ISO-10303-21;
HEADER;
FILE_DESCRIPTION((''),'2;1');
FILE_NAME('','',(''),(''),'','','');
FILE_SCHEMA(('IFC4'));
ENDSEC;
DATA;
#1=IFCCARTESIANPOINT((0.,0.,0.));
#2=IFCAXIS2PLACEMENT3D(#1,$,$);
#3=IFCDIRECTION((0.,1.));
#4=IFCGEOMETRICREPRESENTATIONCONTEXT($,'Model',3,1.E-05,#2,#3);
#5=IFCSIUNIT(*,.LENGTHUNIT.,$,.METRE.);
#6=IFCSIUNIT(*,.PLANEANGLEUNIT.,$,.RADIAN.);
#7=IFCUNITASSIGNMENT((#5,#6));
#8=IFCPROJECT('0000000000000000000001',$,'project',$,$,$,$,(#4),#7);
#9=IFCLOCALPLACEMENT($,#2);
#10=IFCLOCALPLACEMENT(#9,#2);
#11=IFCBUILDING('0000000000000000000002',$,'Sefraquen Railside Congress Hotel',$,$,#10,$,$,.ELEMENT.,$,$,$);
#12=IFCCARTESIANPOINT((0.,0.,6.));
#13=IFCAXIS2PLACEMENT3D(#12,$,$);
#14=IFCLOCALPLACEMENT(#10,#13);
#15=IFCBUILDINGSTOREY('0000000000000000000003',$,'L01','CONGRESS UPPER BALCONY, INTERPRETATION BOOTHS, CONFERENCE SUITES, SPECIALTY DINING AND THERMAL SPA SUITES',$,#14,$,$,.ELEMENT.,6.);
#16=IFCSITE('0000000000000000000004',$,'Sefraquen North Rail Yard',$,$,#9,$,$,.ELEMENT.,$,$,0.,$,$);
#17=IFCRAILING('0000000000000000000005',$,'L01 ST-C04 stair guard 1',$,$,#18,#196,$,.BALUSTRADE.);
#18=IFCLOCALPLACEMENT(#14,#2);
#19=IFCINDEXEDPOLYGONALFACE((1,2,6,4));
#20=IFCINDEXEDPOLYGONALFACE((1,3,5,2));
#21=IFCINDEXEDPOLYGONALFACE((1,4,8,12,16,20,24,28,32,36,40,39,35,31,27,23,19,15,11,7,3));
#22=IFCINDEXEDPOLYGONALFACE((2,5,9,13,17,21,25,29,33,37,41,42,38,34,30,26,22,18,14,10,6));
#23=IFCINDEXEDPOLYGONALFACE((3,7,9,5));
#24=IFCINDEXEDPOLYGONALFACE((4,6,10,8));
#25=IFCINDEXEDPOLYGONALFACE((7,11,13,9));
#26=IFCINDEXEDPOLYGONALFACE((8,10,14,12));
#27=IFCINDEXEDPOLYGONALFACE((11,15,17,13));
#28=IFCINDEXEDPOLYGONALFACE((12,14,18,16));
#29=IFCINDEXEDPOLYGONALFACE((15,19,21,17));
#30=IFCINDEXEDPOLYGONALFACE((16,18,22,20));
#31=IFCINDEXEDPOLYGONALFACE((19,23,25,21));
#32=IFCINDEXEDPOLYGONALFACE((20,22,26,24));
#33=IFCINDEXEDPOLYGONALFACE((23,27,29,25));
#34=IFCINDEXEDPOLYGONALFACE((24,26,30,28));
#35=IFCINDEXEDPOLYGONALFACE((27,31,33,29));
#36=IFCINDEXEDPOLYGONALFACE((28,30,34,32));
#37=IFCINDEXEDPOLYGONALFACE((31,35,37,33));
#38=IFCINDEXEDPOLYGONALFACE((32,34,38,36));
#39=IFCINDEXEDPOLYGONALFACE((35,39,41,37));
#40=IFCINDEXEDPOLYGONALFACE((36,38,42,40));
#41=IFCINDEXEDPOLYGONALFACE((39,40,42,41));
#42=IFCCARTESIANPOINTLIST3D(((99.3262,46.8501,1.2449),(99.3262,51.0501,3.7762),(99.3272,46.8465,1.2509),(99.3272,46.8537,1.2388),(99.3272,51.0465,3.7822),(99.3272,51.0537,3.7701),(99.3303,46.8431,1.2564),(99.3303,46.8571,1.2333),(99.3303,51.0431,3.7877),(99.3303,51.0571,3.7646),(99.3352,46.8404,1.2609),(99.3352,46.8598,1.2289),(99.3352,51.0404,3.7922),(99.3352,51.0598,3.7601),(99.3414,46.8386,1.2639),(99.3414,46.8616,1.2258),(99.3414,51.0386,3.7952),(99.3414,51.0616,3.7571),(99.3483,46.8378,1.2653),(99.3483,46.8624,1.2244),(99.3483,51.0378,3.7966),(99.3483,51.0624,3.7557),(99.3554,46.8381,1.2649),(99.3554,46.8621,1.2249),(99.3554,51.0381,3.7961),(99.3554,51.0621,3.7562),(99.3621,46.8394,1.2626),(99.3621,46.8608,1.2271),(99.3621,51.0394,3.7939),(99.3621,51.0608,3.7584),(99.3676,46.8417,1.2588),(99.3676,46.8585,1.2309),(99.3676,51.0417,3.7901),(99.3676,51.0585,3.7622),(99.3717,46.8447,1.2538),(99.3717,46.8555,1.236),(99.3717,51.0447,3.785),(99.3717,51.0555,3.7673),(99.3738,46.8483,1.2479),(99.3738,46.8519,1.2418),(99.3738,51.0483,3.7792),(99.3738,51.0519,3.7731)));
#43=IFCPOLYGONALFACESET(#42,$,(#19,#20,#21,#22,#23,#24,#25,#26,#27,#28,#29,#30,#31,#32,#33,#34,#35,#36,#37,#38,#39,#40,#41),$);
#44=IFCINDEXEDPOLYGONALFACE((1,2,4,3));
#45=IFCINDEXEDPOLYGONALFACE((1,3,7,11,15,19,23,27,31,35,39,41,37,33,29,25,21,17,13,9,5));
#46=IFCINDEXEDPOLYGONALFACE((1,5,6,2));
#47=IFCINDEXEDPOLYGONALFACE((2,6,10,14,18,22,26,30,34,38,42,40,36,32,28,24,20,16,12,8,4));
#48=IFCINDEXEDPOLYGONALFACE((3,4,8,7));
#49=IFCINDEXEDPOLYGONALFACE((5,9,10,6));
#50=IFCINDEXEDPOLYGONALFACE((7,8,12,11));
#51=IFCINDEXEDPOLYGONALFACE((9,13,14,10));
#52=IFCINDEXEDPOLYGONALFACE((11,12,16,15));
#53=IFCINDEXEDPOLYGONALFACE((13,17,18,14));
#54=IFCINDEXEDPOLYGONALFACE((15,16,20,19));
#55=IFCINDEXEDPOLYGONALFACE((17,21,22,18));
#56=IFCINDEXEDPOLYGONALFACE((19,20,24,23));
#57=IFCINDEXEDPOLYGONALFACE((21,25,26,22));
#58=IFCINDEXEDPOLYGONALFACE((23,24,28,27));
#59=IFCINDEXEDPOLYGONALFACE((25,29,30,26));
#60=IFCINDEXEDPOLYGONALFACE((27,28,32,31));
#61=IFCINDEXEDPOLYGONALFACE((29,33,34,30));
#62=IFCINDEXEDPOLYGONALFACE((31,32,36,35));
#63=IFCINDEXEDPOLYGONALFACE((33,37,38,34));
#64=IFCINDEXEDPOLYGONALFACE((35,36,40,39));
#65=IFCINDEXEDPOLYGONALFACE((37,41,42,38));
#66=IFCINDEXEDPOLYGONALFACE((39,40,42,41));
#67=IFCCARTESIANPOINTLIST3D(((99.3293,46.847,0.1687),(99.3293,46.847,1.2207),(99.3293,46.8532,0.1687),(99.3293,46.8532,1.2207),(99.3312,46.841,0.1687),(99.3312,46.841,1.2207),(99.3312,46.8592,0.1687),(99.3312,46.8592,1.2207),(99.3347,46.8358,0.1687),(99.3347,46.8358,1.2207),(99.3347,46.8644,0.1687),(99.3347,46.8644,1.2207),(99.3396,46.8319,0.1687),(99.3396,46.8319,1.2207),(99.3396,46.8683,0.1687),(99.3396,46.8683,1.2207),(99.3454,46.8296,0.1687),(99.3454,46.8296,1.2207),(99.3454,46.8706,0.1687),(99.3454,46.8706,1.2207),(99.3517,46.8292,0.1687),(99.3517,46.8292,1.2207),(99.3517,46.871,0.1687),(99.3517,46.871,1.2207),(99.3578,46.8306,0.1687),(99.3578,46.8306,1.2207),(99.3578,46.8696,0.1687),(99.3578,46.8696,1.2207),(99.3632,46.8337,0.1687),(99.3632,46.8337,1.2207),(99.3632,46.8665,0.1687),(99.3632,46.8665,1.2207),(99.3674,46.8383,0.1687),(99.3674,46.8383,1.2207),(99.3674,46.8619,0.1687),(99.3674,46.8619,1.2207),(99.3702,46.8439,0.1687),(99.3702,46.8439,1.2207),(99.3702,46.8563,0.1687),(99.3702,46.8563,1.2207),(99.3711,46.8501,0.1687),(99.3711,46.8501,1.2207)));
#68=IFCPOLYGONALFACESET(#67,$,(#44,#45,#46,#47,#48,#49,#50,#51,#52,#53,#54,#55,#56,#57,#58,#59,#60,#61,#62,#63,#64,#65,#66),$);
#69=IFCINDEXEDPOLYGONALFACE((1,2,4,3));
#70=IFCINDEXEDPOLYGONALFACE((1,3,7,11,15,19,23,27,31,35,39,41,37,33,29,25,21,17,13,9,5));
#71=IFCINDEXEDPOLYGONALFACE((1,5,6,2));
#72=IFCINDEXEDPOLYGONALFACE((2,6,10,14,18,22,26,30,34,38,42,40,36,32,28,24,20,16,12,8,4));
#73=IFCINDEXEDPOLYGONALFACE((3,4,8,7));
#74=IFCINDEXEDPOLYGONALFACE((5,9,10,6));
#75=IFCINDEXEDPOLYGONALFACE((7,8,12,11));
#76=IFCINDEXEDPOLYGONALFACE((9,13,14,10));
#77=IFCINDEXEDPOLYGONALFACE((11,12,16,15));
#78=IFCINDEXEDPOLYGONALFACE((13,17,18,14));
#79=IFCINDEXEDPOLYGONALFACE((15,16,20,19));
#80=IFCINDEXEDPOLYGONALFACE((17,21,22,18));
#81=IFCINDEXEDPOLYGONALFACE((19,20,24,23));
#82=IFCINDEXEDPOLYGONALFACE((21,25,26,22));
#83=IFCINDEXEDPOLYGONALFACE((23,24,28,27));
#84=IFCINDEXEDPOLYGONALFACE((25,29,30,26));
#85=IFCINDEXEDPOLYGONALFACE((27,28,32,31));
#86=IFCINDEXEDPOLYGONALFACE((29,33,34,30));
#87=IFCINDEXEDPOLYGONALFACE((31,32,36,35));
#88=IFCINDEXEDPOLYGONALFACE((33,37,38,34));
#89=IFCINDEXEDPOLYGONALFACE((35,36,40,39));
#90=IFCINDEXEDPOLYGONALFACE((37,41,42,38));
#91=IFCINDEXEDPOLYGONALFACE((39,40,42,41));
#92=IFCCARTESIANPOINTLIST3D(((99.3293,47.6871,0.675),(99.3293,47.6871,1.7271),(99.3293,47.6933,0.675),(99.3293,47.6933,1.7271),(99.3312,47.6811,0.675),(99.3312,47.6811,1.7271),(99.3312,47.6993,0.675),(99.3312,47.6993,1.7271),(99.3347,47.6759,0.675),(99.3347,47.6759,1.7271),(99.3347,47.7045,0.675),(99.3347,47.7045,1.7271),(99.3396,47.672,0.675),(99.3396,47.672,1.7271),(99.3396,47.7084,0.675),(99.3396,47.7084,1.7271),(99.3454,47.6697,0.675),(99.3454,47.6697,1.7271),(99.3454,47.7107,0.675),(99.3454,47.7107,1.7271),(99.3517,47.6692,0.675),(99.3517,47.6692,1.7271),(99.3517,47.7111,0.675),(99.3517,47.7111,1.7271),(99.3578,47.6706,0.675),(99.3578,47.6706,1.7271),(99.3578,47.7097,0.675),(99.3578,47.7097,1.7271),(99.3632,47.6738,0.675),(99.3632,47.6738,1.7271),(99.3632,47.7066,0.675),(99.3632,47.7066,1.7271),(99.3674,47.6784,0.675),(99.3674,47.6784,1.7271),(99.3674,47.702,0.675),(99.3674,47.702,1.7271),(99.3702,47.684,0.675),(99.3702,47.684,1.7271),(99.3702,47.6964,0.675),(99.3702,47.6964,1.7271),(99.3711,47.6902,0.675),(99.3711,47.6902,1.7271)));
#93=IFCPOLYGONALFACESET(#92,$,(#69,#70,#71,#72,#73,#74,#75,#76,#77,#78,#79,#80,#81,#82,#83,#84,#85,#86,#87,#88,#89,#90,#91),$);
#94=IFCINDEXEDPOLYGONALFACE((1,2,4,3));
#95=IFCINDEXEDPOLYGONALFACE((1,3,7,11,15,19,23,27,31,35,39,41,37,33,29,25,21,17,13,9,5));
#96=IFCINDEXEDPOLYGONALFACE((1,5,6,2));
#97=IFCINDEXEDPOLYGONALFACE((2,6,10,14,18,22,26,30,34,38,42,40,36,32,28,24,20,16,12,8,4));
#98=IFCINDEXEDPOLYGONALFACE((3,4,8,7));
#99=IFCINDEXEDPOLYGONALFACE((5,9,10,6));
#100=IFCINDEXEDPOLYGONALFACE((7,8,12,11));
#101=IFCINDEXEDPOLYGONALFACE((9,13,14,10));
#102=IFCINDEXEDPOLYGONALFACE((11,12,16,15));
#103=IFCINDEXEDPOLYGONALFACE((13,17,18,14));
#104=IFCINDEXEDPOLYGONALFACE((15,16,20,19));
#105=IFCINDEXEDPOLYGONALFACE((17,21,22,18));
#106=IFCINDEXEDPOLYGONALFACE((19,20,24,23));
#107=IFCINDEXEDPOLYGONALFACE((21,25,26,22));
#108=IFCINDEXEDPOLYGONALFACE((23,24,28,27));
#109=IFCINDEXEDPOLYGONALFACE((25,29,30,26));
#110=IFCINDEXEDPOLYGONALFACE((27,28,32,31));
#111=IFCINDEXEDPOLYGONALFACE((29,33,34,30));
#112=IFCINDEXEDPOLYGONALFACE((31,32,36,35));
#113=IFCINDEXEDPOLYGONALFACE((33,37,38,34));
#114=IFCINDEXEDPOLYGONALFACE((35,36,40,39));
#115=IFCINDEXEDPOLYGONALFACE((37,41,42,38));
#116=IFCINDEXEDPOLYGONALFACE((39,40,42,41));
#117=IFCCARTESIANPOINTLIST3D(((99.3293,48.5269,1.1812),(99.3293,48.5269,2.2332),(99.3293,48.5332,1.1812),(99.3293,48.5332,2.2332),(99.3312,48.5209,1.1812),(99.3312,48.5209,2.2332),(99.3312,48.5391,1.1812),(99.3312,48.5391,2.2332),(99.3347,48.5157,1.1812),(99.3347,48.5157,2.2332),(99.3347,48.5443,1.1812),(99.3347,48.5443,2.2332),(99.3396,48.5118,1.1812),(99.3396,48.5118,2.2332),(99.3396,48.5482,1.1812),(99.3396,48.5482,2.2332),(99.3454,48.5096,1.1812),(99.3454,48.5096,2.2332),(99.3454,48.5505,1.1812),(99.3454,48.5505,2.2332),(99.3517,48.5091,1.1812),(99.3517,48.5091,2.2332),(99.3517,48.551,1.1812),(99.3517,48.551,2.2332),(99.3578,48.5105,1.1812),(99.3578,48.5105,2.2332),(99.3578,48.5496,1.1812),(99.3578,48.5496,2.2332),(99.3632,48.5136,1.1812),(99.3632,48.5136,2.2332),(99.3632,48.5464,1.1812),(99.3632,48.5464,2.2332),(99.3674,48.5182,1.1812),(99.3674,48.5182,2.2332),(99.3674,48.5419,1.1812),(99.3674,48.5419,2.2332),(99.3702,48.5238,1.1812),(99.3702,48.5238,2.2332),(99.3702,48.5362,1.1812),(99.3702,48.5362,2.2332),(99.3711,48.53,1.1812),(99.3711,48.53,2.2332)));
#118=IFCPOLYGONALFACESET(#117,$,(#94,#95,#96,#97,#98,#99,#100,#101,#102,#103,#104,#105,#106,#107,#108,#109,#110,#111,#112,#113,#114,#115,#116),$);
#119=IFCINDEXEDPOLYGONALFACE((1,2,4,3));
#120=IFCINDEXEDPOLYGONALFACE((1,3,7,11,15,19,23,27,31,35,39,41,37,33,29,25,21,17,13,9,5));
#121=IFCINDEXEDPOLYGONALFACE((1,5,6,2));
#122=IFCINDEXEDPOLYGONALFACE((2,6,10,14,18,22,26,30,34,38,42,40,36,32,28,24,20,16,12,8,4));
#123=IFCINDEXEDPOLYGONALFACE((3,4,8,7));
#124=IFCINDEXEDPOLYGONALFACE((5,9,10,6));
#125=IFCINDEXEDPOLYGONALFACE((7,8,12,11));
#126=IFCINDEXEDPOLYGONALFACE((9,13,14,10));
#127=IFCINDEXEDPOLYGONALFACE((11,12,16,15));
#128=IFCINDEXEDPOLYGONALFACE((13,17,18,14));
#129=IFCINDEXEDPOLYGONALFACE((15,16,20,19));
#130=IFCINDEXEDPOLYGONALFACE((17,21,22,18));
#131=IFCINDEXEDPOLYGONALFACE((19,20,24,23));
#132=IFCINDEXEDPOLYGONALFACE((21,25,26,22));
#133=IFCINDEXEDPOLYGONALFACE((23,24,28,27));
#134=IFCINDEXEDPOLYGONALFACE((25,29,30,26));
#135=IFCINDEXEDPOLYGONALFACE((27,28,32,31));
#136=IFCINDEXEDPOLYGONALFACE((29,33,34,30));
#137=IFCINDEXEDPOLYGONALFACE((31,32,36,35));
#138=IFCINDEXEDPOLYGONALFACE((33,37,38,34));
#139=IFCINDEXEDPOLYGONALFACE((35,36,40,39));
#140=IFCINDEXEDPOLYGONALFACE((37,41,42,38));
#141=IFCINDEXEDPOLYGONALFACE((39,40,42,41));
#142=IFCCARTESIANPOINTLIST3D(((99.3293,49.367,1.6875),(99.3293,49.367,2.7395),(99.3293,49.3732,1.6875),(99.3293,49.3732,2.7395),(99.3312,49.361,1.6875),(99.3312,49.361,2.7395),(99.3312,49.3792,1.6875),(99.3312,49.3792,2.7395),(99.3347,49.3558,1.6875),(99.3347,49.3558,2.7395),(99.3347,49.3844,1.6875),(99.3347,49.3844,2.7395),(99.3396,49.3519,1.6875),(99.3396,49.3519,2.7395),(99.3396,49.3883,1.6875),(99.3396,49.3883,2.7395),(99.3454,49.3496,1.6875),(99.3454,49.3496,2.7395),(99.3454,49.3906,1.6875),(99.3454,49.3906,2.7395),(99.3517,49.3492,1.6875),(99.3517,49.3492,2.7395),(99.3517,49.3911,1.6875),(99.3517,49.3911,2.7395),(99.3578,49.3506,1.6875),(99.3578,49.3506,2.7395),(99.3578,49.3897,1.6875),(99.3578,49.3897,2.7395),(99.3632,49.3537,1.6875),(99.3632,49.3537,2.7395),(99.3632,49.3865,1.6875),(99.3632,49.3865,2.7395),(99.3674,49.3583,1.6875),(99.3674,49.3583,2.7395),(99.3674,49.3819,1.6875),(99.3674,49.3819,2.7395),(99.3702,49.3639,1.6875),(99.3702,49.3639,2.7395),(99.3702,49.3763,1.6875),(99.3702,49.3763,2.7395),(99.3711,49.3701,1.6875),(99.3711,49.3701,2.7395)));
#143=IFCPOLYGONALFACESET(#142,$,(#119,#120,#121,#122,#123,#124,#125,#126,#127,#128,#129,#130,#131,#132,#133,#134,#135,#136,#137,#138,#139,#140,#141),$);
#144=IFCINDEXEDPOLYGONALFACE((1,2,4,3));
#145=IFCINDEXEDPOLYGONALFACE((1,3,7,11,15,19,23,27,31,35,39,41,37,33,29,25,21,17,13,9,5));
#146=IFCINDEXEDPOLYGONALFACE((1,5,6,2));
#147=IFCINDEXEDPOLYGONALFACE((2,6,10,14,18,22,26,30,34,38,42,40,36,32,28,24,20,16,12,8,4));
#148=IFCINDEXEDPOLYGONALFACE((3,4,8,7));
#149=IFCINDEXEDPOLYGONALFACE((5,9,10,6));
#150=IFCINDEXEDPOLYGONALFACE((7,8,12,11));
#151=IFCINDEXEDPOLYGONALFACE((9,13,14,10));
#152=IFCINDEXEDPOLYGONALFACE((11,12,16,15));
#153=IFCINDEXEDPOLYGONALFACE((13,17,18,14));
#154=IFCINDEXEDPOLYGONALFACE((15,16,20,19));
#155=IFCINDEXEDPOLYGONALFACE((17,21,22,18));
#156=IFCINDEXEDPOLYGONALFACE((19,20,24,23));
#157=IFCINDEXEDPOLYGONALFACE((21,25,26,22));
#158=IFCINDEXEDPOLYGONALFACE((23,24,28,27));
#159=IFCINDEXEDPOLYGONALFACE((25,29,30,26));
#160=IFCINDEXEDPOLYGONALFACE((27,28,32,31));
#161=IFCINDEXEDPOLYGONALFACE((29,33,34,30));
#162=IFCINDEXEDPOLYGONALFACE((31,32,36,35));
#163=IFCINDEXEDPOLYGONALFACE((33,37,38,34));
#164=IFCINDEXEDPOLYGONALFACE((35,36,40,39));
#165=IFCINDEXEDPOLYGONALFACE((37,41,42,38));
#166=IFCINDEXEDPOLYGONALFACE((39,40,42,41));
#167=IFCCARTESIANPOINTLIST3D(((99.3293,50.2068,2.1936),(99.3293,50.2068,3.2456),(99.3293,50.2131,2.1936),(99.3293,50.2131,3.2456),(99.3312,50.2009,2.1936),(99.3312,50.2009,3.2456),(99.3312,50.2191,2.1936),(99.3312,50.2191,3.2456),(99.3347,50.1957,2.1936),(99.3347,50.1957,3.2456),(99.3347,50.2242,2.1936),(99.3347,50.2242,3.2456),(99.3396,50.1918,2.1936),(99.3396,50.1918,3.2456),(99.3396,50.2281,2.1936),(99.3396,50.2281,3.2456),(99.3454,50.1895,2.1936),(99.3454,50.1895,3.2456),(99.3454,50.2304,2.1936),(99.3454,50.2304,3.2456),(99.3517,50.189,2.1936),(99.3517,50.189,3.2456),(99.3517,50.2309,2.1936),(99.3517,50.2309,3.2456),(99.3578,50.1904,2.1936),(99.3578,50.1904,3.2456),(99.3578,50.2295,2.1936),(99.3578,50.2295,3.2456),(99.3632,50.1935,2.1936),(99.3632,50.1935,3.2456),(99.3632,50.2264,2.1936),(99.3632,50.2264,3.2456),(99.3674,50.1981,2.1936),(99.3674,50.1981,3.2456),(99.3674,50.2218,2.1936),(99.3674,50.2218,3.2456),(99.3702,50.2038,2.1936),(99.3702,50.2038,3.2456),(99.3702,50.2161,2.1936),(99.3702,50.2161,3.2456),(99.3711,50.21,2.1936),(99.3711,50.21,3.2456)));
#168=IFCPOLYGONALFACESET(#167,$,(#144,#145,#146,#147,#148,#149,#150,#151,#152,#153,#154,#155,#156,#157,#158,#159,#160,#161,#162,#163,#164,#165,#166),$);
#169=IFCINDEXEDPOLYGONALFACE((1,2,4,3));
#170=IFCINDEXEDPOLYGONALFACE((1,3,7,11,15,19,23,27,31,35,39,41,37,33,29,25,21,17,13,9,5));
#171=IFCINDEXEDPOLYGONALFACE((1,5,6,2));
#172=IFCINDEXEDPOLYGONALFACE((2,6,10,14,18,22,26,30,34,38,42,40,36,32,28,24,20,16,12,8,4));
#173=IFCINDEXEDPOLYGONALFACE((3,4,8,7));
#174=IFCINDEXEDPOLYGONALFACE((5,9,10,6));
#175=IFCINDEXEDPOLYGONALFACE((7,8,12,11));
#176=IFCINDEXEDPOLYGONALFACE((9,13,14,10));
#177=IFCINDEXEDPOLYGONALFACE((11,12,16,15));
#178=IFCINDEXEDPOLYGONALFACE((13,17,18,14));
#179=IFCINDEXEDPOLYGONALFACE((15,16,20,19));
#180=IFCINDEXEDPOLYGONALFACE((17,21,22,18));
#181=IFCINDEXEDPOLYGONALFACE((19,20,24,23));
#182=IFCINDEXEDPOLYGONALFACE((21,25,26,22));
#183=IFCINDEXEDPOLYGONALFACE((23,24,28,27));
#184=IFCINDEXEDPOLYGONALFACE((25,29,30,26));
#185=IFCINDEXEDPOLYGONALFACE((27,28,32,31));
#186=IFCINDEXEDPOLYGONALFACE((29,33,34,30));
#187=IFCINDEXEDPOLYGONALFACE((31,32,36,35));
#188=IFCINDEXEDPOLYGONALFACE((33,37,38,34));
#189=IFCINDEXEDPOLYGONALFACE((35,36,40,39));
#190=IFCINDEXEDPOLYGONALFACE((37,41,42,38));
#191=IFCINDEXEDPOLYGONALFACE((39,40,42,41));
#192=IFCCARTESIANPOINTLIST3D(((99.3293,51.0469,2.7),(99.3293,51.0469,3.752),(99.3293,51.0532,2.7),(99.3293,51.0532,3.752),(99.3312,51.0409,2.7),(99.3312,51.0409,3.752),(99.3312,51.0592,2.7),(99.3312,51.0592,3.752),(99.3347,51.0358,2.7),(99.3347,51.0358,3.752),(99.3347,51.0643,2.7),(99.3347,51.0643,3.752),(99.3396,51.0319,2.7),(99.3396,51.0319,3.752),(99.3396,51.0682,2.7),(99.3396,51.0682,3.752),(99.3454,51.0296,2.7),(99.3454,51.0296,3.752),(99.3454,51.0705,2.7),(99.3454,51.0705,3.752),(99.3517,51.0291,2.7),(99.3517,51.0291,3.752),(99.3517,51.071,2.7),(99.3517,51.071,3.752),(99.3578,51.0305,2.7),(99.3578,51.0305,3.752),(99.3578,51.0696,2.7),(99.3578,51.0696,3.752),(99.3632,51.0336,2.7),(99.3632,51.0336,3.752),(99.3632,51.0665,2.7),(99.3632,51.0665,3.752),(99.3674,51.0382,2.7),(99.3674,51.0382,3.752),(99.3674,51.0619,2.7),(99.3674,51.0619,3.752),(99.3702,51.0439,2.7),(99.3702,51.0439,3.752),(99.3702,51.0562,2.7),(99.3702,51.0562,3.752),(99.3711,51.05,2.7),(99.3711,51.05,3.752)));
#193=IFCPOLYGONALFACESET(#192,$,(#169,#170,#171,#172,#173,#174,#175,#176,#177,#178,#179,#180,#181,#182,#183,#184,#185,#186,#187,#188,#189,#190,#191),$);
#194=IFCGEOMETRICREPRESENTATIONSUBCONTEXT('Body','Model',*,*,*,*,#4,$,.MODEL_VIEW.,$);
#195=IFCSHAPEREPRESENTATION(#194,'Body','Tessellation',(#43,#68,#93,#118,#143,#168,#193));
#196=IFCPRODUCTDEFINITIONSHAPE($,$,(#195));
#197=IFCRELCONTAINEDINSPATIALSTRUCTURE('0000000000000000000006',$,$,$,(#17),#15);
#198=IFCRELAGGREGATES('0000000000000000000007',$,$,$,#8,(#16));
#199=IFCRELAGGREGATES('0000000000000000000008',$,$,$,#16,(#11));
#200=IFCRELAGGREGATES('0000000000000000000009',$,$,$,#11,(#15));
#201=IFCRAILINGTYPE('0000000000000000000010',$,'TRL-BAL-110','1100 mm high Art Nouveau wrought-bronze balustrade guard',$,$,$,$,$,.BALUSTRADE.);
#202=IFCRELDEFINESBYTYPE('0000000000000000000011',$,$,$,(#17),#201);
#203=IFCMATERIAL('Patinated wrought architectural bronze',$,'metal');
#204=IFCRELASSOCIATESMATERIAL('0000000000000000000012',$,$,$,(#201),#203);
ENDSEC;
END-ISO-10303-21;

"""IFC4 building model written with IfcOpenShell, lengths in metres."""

from ifc_helpers import new_model, si_unit, direction, frame, origin, origin_2d, place, context, subcontext, project, spatial, circle, extrude, material, type_object, element, save


model = new_model("IFC4")

# Units and contexts
model_context = context("Model", 3, precision=1e-05, world=origin(), true_north=direction((0.0, 1.0)))
body_context = subcontext(model_context, "Body", "Model", "MODEL_VIEW")
ifc_project = project(units=[si_unit("LENGTHUNIT", "METRE"), si_unit("PLANEANGLEUNIT", "RADIAN")], contexts=[model_context])

# Site, building, storey
site_placement = place(None, origin())
site = spatial("IfcSite", under=ifc_project, at=site_placement, Name="Sefraquen North Rail Yard", CompositionType="ELEMENT", RefElevation=0.0)
building_placement = place(site_placement, origin())
building = spatial("IfcBuilding", under=site, at=building_placement, Name="Sefraquen Railside Congress Hotel", CompositionType="ELEMENT")
storey_placement = place(building_placement, frame((0.0, 0.0, 6.0)))
storey = spatial("IfcBuildingStorey", under=building, at=storey_placement, Name="L01", Description="CONGRESS UPPER BALCONY, INTERPRETATION BOOTHS, CONFERENCE SUITES, SPECIALTY DINING AND THERMAL SPA SUITES", CompositionType="ELEMENT", Elevation=6.0)

# Railing
ifc_material_1 = material(Name="Patinated wrought architectural bronze", Category="metal")
railing_type_1 = type_object("IfcRailingType", Name="TRL-BAL-110", Description="1100 mm high Art Nouveau wrought-bronze balustrade guard", PredefinedType="BALUSTRADE", material=ifc_material_1)
railing_1_placement = place(storey_placement, frame((99.3501, 46.8501, 0.1687)))
element("IfcRailing", 1, at=railing_1_placement, inside=storey, type_object=railing_type_1, Name="L01 ST-C04 stair guard 1", PredefinedType="BALUSTRADE", context=body_context, shape_type="SweptSolid", body=[
    extrude(circle(Radius=0.0239, at=origin_2d()), frame((0.0, 0.0, 1.0762), z_axis=(0.0, 0.856476, 0.516186), x_axis=(-1.0, 0.0, 0.0)), (0.0, 0.0, 1.0), 4.9038),
    extrude(circle(Radius=0.021, at=origin_2d()), origin(), (0.0, 0.0, 1.0), 1.052),
    extrude(circle(Radius=0.021, at=origin_2d()), frame((0.0, 0.8401, 0.5063)), (0.0, 0.0, 1.0), 1.052),
    extrude(circle(Radius=0.021, at=origin_2d()), frame((0.0, 1.6799, 1.0125)), (0.0, 0.0, 1.0), 1.052),
    extrude(circle(Radius=0.021, at=origin_2d()), frame((0.0, 2.52, 1.5188)), (0.0, 0.0, 1.0), 1.052),
    extrude(circle(Radius=0.021, at=origin_2d()), frame((0.0, 3.3599, 2.0249)), (0.0, 0.0, 1.0), 1.052),
    extrude(circle(Radius=0.021, at=origin_2d()), frame((0.0, 4.2, 2.5312)), (0.0, 0.0, 1.0), 1.052),
])

save(model, "model.ifc")
